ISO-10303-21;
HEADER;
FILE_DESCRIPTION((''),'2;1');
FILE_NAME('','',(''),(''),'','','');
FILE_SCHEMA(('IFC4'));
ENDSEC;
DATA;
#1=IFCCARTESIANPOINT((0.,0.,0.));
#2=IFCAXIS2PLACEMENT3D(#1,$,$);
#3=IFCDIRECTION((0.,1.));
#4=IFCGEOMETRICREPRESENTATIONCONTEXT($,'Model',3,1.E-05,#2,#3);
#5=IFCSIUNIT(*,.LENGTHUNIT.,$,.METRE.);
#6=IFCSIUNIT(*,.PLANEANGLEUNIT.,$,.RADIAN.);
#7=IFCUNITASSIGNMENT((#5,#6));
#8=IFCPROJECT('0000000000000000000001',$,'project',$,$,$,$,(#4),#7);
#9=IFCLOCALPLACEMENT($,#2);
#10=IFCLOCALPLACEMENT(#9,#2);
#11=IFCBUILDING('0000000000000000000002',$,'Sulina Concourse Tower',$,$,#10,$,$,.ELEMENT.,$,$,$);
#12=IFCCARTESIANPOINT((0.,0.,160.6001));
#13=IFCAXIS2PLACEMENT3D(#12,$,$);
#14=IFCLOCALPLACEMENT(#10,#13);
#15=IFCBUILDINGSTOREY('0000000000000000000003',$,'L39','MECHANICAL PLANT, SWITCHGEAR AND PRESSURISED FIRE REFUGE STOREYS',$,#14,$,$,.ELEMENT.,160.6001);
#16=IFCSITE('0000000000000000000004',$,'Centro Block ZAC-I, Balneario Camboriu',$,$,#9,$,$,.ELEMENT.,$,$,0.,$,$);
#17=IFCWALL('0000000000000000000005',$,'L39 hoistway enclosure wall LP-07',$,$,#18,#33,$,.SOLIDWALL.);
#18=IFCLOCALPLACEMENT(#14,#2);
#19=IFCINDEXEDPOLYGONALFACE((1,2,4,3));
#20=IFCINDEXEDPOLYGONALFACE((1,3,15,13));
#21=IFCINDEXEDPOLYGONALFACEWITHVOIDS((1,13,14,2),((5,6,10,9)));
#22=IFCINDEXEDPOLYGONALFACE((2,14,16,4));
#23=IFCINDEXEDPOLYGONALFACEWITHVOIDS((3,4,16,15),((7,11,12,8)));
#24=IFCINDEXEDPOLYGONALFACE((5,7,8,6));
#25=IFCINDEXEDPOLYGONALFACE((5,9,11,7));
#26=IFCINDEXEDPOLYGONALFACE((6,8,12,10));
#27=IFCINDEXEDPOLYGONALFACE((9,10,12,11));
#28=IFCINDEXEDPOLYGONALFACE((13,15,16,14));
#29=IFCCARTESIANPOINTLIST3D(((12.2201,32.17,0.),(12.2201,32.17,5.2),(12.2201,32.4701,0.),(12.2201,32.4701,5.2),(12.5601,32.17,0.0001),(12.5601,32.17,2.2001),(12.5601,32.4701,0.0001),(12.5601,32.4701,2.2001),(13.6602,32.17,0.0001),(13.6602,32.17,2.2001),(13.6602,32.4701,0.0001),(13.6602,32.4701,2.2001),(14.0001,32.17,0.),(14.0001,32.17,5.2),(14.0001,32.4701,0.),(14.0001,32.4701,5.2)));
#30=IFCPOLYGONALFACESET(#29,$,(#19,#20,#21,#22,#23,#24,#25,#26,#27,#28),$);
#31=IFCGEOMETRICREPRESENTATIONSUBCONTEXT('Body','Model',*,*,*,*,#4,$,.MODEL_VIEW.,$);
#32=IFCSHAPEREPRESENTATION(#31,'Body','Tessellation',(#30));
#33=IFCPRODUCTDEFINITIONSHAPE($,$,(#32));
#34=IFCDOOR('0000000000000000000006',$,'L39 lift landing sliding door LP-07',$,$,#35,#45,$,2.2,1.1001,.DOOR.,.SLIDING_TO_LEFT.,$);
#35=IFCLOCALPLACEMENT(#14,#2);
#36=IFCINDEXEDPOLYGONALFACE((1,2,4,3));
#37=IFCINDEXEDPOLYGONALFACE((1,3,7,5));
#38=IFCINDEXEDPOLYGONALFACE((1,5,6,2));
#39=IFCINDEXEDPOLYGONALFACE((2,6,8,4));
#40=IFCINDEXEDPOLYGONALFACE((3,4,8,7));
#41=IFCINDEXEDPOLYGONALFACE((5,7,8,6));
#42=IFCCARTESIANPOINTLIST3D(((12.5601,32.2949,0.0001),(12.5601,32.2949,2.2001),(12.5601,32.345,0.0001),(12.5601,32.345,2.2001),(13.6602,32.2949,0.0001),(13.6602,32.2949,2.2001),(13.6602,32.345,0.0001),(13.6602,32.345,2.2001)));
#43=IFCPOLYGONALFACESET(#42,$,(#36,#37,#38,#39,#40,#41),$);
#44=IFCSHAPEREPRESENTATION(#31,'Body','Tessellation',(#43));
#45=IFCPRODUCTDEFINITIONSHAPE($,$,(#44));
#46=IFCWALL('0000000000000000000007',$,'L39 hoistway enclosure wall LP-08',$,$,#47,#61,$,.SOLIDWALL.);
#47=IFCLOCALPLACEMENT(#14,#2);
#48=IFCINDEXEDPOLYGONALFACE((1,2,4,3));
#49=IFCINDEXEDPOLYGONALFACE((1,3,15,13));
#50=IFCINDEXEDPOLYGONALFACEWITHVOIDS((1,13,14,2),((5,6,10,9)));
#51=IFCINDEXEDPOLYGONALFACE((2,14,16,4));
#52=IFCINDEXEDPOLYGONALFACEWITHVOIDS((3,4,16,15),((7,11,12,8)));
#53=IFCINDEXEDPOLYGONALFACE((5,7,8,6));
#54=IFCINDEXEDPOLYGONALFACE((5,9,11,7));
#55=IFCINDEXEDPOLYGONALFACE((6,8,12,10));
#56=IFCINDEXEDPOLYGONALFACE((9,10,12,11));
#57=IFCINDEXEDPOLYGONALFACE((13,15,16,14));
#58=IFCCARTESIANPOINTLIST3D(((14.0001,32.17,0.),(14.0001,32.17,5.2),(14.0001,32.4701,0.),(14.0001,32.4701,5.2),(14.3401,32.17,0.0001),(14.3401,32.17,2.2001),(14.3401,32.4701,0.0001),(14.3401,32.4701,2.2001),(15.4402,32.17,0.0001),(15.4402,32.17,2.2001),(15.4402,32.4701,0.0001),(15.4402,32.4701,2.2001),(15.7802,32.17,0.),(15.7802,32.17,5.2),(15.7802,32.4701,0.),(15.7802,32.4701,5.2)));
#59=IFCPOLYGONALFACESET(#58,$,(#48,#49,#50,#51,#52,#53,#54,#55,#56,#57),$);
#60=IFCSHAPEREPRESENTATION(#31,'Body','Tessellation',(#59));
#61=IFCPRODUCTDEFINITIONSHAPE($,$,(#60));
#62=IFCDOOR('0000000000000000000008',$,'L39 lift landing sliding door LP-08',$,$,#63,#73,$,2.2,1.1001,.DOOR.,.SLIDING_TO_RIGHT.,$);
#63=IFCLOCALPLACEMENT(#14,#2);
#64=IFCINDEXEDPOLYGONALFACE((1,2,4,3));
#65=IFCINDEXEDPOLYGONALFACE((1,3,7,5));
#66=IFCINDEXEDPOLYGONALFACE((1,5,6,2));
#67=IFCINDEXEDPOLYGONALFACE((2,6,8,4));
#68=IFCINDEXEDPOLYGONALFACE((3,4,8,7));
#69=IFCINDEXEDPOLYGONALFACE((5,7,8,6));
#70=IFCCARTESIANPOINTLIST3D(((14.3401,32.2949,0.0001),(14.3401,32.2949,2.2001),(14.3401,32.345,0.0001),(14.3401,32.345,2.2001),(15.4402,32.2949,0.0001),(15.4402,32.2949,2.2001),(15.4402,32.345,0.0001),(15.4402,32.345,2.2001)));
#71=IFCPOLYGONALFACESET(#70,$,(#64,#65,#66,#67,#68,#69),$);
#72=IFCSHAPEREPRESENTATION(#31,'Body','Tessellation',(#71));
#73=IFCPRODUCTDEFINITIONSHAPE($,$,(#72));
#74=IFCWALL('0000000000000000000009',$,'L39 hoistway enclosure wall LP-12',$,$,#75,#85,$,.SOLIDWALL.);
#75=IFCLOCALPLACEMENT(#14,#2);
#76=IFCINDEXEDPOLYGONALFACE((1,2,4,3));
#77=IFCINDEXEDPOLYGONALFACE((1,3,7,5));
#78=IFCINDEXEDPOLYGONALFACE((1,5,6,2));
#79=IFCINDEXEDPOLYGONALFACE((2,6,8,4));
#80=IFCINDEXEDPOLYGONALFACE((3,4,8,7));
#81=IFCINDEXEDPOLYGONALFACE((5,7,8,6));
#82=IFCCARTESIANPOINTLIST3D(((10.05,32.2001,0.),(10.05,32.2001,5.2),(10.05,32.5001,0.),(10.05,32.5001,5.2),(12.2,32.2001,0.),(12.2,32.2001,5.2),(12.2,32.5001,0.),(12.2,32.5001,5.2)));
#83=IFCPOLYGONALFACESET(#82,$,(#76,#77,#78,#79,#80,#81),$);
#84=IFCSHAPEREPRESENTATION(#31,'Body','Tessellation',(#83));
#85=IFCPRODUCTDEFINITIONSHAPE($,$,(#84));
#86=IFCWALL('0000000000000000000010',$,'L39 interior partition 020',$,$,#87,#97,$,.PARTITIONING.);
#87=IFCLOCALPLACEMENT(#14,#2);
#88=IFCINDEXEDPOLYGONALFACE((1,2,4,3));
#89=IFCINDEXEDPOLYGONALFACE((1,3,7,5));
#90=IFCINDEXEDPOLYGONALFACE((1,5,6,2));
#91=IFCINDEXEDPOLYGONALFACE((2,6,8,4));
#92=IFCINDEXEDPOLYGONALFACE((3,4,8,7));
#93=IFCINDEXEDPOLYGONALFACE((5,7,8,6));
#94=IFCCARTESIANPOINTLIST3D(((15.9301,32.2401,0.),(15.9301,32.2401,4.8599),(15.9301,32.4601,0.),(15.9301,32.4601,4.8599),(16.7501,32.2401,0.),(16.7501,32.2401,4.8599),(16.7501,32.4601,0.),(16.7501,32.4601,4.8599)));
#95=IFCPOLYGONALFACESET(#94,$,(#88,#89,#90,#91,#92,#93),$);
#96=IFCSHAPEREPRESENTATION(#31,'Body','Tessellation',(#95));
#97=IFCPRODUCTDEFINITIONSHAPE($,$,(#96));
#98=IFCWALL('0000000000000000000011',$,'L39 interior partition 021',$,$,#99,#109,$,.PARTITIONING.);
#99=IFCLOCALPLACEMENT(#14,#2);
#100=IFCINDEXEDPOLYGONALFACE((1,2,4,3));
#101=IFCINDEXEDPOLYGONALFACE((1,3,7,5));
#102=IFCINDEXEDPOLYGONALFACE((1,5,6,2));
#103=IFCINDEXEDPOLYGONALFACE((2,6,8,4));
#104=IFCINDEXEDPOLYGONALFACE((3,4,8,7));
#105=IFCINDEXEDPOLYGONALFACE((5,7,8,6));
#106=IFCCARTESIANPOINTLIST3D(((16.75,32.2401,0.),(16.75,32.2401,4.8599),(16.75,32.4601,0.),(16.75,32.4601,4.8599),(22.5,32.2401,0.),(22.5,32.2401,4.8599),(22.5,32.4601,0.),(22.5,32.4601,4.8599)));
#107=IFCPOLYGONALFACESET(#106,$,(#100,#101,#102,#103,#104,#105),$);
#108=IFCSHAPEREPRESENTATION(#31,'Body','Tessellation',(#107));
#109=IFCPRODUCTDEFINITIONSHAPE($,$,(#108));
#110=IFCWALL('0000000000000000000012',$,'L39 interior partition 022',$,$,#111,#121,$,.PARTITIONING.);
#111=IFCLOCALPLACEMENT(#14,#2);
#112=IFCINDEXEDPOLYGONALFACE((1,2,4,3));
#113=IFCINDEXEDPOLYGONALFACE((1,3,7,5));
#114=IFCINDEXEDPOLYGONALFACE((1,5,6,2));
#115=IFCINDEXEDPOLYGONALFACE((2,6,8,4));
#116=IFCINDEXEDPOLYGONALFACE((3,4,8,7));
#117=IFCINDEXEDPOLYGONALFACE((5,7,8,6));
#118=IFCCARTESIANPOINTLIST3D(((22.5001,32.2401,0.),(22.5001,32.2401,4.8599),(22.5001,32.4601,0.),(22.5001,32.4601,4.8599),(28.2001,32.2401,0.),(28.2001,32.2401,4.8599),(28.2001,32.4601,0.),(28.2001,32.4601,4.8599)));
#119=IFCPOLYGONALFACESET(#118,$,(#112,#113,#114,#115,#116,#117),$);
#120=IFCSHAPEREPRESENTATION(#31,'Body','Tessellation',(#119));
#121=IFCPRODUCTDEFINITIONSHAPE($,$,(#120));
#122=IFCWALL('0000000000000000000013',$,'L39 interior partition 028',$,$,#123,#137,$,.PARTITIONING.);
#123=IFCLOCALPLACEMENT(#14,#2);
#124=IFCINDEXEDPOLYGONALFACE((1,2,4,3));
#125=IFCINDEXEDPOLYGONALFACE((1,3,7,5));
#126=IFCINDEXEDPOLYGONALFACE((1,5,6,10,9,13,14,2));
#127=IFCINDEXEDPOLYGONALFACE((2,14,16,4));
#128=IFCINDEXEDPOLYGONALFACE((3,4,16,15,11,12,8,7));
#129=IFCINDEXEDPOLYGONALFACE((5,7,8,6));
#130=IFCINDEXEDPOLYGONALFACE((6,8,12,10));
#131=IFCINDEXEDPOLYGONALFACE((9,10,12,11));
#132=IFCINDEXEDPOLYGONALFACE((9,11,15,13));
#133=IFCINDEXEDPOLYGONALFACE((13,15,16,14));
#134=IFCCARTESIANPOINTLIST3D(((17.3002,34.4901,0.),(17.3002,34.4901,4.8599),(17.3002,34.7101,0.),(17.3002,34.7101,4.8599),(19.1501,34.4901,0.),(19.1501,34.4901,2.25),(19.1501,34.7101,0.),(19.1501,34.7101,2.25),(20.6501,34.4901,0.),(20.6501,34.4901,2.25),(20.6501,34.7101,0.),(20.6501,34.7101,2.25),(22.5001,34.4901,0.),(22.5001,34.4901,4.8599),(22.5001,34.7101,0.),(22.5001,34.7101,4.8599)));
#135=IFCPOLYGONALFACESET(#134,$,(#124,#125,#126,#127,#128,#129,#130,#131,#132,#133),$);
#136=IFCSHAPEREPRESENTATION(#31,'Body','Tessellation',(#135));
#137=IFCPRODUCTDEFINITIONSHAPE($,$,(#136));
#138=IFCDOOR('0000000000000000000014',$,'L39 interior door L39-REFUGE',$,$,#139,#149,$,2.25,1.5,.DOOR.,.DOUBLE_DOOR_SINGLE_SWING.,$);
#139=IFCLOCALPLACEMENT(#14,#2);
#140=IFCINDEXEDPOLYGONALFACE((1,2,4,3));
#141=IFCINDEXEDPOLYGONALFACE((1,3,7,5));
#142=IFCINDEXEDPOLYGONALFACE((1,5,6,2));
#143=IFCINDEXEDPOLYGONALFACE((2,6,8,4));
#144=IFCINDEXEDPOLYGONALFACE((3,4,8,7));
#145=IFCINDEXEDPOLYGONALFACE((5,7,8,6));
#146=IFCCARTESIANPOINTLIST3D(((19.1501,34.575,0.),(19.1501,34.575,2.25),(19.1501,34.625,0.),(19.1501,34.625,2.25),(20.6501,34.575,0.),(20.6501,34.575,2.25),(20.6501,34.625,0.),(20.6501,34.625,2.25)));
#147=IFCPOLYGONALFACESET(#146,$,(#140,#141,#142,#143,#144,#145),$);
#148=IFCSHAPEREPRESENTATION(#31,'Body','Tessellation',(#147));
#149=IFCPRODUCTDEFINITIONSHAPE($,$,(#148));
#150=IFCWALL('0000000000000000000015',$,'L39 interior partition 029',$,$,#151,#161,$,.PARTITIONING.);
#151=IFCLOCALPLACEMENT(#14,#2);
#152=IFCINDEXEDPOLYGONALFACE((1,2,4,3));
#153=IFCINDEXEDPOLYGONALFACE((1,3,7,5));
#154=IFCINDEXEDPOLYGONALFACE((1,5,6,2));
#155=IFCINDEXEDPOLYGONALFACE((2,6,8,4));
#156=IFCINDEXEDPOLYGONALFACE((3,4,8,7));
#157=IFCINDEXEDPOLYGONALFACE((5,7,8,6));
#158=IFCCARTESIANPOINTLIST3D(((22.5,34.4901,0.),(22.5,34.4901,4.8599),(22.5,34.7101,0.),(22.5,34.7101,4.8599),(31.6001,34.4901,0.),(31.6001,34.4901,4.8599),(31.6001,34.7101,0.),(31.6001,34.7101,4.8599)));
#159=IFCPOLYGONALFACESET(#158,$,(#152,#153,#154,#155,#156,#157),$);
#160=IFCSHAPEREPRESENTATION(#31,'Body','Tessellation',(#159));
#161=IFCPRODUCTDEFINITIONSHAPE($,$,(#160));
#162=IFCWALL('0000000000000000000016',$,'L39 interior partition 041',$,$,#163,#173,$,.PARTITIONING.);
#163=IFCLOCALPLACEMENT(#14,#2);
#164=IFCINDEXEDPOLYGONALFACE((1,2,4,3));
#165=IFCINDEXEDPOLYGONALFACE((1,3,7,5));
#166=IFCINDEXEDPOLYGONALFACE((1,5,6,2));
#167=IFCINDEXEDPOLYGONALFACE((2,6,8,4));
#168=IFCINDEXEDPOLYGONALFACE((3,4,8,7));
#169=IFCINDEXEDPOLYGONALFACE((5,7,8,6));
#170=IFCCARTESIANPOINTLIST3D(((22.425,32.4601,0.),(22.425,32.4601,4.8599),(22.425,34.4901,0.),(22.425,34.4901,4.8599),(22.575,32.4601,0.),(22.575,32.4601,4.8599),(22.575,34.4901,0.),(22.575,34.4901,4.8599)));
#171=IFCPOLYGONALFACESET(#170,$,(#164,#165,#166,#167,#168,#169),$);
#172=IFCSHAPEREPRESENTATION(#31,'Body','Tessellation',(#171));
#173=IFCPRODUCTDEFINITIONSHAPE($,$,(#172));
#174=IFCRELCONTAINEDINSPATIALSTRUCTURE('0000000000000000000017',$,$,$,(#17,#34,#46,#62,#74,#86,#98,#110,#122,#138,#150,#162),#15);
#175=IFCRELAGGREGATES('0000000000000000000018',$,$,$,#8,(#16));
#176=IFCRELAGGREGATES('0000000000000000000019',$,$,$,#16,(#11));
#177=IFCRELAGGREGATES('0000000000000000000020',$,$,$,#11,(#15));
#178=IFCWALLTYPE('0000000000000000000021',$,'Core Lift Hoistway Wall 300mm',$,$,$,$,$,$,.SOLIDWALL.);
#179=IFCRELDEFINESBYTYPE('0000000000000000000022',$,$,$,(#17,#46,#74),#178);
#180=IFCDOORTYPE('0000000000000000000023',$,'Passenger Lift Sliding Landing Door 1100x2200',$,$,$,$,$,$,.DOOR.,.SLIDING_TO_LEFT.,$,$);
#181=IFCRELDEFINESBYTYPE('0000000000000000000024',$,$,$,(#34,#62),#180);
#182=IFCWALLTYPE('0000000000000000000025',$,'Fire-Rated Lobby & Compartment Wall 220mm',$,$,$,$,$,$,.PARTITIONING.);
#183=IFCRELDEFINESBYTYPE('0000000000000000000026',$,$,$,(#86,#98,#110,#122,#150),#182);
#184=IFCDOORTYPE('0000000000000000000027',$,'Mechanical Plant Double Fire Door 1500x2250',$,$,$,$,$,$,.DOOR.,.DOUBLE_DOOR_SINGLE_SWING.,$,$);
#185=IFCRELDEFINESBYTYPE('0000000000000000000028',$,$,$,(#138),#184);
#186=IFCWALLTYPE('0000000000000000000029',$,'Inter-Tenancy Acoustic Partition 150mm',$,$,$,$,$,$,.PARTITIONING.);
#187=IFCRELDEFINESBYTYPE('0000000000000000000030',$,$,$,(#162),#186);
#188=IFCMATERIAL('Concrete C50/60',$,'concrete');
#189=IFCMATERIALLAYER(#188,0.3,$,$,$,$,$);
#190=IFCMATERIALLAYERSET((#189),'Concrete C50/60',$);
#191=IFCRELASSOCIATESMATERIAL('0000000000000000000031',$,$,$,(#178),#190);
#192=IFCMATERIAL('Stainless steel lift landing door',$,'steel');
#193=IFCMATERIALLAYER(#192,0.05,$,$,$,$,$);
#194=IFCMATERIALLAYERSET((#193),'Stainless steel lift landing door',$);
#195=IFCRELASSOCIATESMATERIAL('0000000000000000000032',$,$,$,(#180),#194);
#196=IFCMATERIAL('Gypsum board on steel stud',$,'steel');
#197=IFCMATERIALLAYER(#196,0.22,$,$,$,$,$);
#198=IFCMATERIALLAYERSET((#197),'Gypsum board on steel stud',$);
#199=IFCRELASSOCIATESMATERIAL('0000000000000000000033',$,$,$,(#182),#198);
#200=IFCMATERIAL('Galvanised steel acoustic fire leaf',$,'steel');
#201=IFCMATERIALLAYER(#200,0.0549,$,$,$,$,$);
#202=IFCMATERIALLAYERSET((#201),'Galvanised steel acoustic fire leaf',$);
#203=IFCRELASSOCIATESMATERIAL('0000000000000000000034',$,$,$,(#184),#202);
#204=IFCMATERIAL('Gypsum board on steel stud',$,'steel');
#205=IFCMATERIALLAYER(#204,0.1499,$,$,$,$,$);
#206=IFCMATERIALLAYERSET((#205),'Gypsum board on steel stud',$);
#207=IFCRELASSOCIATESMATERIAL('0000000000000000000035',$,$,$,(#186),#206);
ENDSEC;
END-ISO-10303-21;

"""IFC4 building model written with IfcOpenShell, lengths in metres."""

from ifc_helpers import new_model, si_unit, direction, frame, frame_2d, origin, place, context, subcontext, project, spatial, rectangle, extrude, material, layer, layer_set, type_object, element, fill, save


model = new_model("IFC4")

# Units and contexts
model_context = context("Model", 3, precision=1e-05, world=origin(), true_north=direction((0.0, 1.0)))
body_context = subcontext(model_context, "Body", "Model", "MODEL_VIEW")
ifc_project = project(units=[si_unit("LENGTHUNIT", "METRE"), si_unit("PLANEANGLEUNIT", "RADIAN")], contexts=[model_context])

# Site, building, storey
site_placement = place(None, origin())
site = spatial("IfcSite", under=ifc_project, at=site_placement, Name="Centro Block ZAC-I, Balneario Camboriu", CompositionType="ELEMENT", RefElevation=0.0)
building_placement = place(site_placement, origin())
building = spatial("IfcBuilding", under=site, at=building_placement, Name="Sulina Concourse Tower", CompositionType="ELEMENT")
storey_placement = place(building_placement, frame((0.0, 0.0, 160.6001)))
storey = spatial("IfcBuildingStorey", under=building, at=storey_placement, Name="L39", Description="MECHANICAL PLANT, SWITCHGEAR AND PRESSURISED FIRE REFUGE STOREYS", CompositionType="ELEMENT", Elevation=160.6001)

# Walls, openings, doors
ifc_material_1 = material(Name="Concrete C50/60", Category="concrete")
ifc_layer_1 = layer(ifc_material_1, 0.3)
ifc_layer_set_1 = layer_set([ifc_layer_1], Name="Concrete C50/60")
wall_type_1 = type_object("IfcWallType", Name="Core Lift Hoistway Wall 300mm", PredefinedType="SOLIDWALL", material=ifc_layer_set_1)
ifc_material_2 = material(Name="Stainless steel lift landing door", Category="steel")
ifc_layer_2 = layer(ifc_material_2, 0.05)
ifc_layer_set_2 = layer_set([ifc_layer_2], Name="Stainless steel lift landing door")
door_type_1 = type_object("IfcDoorType", Name="Passenger Lift Sliding Landing Door 1100x2200", OperationType="SLIDING_TO_LEFT", PredefinedType="DOOR", material=ifc_layer_set_2)
wall_1_placement = place(storey_placement, frame((12.22, 32.3201, 0.0), z_axis=(0.0, 0.0, 1.0), x_axis=(1.0, 0.0, 0.0)))
wall_1 = element("IfcWall", 1, at=wall_1_placement, inside=storey, type_object=wall_type_1, Name="L39 hoistway enclosure wall LP-07", PredefinedType="SOLIDWALL", context=body_context, shape_type="SweptSolid", body=[
    extrude(rectangle(XDim=1.78, YDim=0.3, at=frame_2d((0.8901, 0.0))), origin(), (0.0, 0.0, 1.0), 5.2),
])
opening_1_placement = place(wall_1_placement, frame((0.3401, 0.0, 0.0)))
opening_1 = element("IfcOpeningElement", 2, at=opening_1_placement, cuts=wall_1, PredefinedType="OPENING", context=body_context, shape_type="SweptSolid", body=[
    extrude(rectangle(XDim=1.1001, YDim=2.2, at=frame_2d((0.55, 1.1001))), frame((0.0, 0.1599, 0.0), z_axis=(0.0, -1.0, 0.0), x_axis=(1.0, 0.0, 0.0)), (0.0, 0.0, 1.0), 0.3201),
])
door_1_placement = place(opening_1_placement, origin())
door_1 = element("IfcDoor", 3, at=door_1_placement, inside=storey, type_object=door_type_1, Name="L39 lift landing sliding door LP-07", OperationType="SLIDING_TO_LEFT", OverallHeight=2.2, OverallWidth=1.1001, PredefinedType="DOOR", context=body_context, shape_type="SweptSolid", body=[
    extrude(rectangle(XDim=1.1001, YDim=2.2, at=frame_2d((0.55, 1.1001))), frame((0.0, 0.0249, 0.0), z_axis=(0.0, -1.0, 0.0), x_axis=(1.0, 0.0, 0.0)), (0.0, 0.0, 1.0), 0.05),
])
fill(opening_1, door_1)
wall_2_placement = place(storey_placement, frame((14.0, 32.3201, 0.0), z_axis=(0.0, 0.0, 1.0), x_axis=(1.0, 0.0, 0.0)))
wall_2 = element("IfcWall", 4, at=wall_2_placement, inside=storey, type_object=wall_type_1, Name="L39 hoistway enclosure wall LP-08", PredefinedType="SOLIDWALL", context=body_context, shape_type="SweptSolid", body=[
    extrude(rectangle(XDim=1.78, YDim=0.3, at=frame_2d((0.8901, 0.0))), origin(), (0.0, 0.0, 1.0), 5.2),
])
opening_2_placement = place(wall_2_placement, frame((0.3401, 0.0, 0.0)))
opening_2 = element("IfcOpeningElement", 5, at=opening_2_placement, cuts=wall_2, PredefinedType="OPENING", context=body_context, shape_type="SweptSolid", body=[
    extrude(rectangle(XDim=1.1001, YDim=2.2, at=frame_2d((0.55, 1.1001))), frame((0.0, 0.1599, 0.0), z_axis=(0.0, -1.0, 0.0), x_axis=(1.0, 0.0, 0.0)), (0.0, 0.0, 1.0), 0.3201),
])
door_2_placement = place(opening_2_placement, origin())
door_2 = element("IfcDoor", 6, at=door_2_placement, inside=storey, type_object=door_type_1, Name="L39 lift landing sliding door LP-08", OperationType="SLIDING_TO_RIGHT", OverallHeight=2.2, OverallWidth=1.1001, PredefinedType="DOOR", context=body_context, shape_type="SweptSolid", body=[
    extrude(rectangle(XDim=1.1001, YDim=2.2, at=frame_2d((0.55, 1.1001))), frame((0.0, 0.0249, 0.0), z_axis=(0.0, -1.0, 0.0), x_axis=(1.0, 0.0, 0.0)), (0.0, 0.0, 1.0), 0.05),
])
fill(opening_2, door_2)

# Walls
wall_3_placement = place(storey_placement, frame((10.05, 32.3501, 0.0), z_axis=(0.0, 0.0, 1.0), x_axis=(1.0, 0.0, 0.0)))
element("IfcWall", 7, at=wall_3_placement, inside=storey, type_object=wall_type_1, Name="L39 hoistway enclosure wall LP-12", PredefinedType="SOLIDWALL", context=body_context, shape_type="SweptSolid", body=[
    extrude(rectangle(XDim=2.1499, YDim=0.3, at=frame_2d((1.075, 0.0))), origin(), (0.0, 0.0, 1.0), 5.2),
])
ifc_material_3 = material(Name="Gypsum board on steel stud", Category="steel")
ifc_layer_3 = layer(ifc_material_3, 0.22)
ifc_layer_set_3 = layer_set([ifc_layer_3], Name="Gypsum board on steel stud")
wall_type_2 = type_object("IfcWallType", Name="Fire-Rated Lobby & Compartment Wall 220mm", PredefinedType="PARTITIONING", material=ifc_layer_set_3)
wall_4_placement = place(storey_placement, frame((15.9299, 32.3501, 0.0), z_axis=(0.0, 0.0, 1.0), x_axis=(1.0, 0.0, 0.0)))
element("IfcWall", 8, at=wall_4_placement, inside=storey, type_object=wall_type_2, Name="L39 interior partition 020", PredefinedType="PARTITIONING", context=body_context, shape_type="SweptSolid", body=[
    extrude(rectangle(XDim=0.8201, YDim=0.22, at=frame_2d((0.4102, 0.0))), origin(), (0.0, 0.0, 1.0), 4.8599),
])
wall_5_placement = place(storey_placement, frame((16.75, 32.3501, 0.0), z_axis=(0.0, 0.0, 1.0), x_axis=(1.0, 0.0, 0.0)))
element("IfcWall", 9, at=wall_5_placement, inside=storey, type_object=wall_type_2, Name="L39 interior partition 021", PredefinedType="PARTITIONING", context=body_context, shape_type="SweptSolid", body=[
    extrude(rectangle(XDim=5.75, YDim=0.22, at=frame_2d((2.875, 0.0))), origin(), (0.0, 0.0, 1.0), 4.8599),
])
wall_6_placement = place(storey_placement, frame((22.5, 32.3501, 0.0), z_axis=(0.0, 0.0, 1.0), x_axis=(1.0, 0.0, 0.0)))
element("IfcWall", 10, at=wall_6_placement, inside=storey, type_object=wall_type_2, Name="L39 interior partition 022", PredefinedType="PARTITIONING", context=body_context, shape_type="SweptSolid", body=[
    extrude(rectangle(XDim=5.7, YDim=0.22, at=frame_2d((2.8501, 0.0))), origin(), (0.0, 0.0, 1.0), 4.8599),
])

# Wall, opening, door
wall_7_placement = place(storey_placement, frame((17.3, 34.6001, 0.0), z_axis=(0.0, 0.0, 1.0), x_axis=(1.0, 0.0, 0.0)))
wall_7 = element("IfcWall", 11, at=wall_7_placement, inside=storey, type_object=wall_type_2, Name="L39 interior partition 028", PredefinedType="PARTITIONING", context=body_context, shape_type="SweptSolid", body=[
    extrude(rectangle(XDim=5.2, YDim=0.22, at=frame_2d((2.6001, 0.0))), origin(), (0.0, 0.0, 1.0), 4.8599),
])
opening_3_placement = place(wall_7_placement, frame((1.8501, 0.0, 0.0)))
opening_3 = element("IfcOpeningElement", 12, at=opening_3_placement, cuts=wall_7, PredefinedType="OPENING", context=body_context, shape_type="SweptSolid", body=[
    extrude(rectangle(XDim=1.5, YDim=2.25, at=frame_2d((0.75, 1.125))), frame((0.0, 0.1199, 0.0), z_axis=(0.0, -1.0, 0.0), x_axis=(1.0, 0.0, 0.0)), (0.0, 0.0, 1.0), 0.24),
])
ifc_material_4 = material(Name="Galvanised steel acoustic fire leaf", Category="steel")
ifc_layer_4 = layer(ifc_material_4, 0.0549)
ifc_layer_set_4 = layer_set([ifc_layer_4], Name="Galvanised steel acoustic fire leaf")
door_type_2 = type_object("IfcDoorType", Name="Mechanical Plant Double Fire Door 1500x2250", OperationType="DOUBLE_DOOR_SINGLE_SWING", PredefinedType="DOOR", material=ifc_layer_set_4)
door_3_placement = place(opening_3_placement, origin())
door_3 = element("IfcDoor", 13, at=door_3_placement, inside=storey, type_object=door_type_2, Name="L39 interior door L39-REFUGE", OperationType="DOUBLE_DOOR_SINGLE_SWING", OverallHeight=2.25, OverallWidth=1.5, PredefinedType="DOOR", context=body_context, shape_type="SweptSolid", body=[
    extrude(rectangle(XDim=1.5, YDim=2.25, at=frame_2d((0.75, 1.125))), frame((0.0, 0.0249, 0.0), z_axis=(0.0, -1.0, 0.0), x_axis=(1.0, 0.0, 0.0)), (0.0, 0.0, 1.0), 0.05),
])
fill(opening_3, door_3)

# Walls
wall_8_placement = place(storey_placement, frame((22.5, 34.6001, 0.0), z_axis=(0.0, 0.0, 1.0), x_axis=(1.0, 0.0, 0.0)))
element("IfcWall", 14, at=wall_8_placement, inside=storey, type_object=wall_type_2, Name="L39 interior partition 029", PredefinedType="PARTITIONING", context=body_context, shape_type="SweptSolid", body=[
    extrude(rectangle(XDim=9.1001, YDim=0.22, at=frame_2d((4.55, 0.0))), origin(), (0.0, 0.0, 1.0), 4.8599),
])
ifc_material_5 = material(Name="Gypsum board on steel stud", Category="steel")
ifc_layer_5 = layer(ifc_material_5, 0.1499)
ifc_layer_set_5 = layer_set([ifc_layer_5], Name="Gypsum board on steel stud")
wall_type_3 = type_object("IfcWallType", Name="Inter-Tenancy Acoustic Partition 150mm", PredefinedType="PARTITIONING", material=ifc_layer_set_5)
wall_9_placement = place(storey_placement, frame((22.5, 32.46, 0.0), z_axis=(0.0, 0.0, 1.0), x_axis=(0.0, 1.0, 0.0)))
element("IfcWall", 15, at=wall_9_placement, inside=storey, type_object=wall_type_3, Name="L39 interior partition 041", PredefinedType="PARTITIONING", context=body_context, shape_type="SweptSolid", body=[
    extrude(rectangle(XDim=2.03, YDim=0.1499, at=frame_2d((1.0151, 0.0))), origin(), (0.0, 0.0, 1.0), 4.8599),
])

save(model, "model.ifc")
